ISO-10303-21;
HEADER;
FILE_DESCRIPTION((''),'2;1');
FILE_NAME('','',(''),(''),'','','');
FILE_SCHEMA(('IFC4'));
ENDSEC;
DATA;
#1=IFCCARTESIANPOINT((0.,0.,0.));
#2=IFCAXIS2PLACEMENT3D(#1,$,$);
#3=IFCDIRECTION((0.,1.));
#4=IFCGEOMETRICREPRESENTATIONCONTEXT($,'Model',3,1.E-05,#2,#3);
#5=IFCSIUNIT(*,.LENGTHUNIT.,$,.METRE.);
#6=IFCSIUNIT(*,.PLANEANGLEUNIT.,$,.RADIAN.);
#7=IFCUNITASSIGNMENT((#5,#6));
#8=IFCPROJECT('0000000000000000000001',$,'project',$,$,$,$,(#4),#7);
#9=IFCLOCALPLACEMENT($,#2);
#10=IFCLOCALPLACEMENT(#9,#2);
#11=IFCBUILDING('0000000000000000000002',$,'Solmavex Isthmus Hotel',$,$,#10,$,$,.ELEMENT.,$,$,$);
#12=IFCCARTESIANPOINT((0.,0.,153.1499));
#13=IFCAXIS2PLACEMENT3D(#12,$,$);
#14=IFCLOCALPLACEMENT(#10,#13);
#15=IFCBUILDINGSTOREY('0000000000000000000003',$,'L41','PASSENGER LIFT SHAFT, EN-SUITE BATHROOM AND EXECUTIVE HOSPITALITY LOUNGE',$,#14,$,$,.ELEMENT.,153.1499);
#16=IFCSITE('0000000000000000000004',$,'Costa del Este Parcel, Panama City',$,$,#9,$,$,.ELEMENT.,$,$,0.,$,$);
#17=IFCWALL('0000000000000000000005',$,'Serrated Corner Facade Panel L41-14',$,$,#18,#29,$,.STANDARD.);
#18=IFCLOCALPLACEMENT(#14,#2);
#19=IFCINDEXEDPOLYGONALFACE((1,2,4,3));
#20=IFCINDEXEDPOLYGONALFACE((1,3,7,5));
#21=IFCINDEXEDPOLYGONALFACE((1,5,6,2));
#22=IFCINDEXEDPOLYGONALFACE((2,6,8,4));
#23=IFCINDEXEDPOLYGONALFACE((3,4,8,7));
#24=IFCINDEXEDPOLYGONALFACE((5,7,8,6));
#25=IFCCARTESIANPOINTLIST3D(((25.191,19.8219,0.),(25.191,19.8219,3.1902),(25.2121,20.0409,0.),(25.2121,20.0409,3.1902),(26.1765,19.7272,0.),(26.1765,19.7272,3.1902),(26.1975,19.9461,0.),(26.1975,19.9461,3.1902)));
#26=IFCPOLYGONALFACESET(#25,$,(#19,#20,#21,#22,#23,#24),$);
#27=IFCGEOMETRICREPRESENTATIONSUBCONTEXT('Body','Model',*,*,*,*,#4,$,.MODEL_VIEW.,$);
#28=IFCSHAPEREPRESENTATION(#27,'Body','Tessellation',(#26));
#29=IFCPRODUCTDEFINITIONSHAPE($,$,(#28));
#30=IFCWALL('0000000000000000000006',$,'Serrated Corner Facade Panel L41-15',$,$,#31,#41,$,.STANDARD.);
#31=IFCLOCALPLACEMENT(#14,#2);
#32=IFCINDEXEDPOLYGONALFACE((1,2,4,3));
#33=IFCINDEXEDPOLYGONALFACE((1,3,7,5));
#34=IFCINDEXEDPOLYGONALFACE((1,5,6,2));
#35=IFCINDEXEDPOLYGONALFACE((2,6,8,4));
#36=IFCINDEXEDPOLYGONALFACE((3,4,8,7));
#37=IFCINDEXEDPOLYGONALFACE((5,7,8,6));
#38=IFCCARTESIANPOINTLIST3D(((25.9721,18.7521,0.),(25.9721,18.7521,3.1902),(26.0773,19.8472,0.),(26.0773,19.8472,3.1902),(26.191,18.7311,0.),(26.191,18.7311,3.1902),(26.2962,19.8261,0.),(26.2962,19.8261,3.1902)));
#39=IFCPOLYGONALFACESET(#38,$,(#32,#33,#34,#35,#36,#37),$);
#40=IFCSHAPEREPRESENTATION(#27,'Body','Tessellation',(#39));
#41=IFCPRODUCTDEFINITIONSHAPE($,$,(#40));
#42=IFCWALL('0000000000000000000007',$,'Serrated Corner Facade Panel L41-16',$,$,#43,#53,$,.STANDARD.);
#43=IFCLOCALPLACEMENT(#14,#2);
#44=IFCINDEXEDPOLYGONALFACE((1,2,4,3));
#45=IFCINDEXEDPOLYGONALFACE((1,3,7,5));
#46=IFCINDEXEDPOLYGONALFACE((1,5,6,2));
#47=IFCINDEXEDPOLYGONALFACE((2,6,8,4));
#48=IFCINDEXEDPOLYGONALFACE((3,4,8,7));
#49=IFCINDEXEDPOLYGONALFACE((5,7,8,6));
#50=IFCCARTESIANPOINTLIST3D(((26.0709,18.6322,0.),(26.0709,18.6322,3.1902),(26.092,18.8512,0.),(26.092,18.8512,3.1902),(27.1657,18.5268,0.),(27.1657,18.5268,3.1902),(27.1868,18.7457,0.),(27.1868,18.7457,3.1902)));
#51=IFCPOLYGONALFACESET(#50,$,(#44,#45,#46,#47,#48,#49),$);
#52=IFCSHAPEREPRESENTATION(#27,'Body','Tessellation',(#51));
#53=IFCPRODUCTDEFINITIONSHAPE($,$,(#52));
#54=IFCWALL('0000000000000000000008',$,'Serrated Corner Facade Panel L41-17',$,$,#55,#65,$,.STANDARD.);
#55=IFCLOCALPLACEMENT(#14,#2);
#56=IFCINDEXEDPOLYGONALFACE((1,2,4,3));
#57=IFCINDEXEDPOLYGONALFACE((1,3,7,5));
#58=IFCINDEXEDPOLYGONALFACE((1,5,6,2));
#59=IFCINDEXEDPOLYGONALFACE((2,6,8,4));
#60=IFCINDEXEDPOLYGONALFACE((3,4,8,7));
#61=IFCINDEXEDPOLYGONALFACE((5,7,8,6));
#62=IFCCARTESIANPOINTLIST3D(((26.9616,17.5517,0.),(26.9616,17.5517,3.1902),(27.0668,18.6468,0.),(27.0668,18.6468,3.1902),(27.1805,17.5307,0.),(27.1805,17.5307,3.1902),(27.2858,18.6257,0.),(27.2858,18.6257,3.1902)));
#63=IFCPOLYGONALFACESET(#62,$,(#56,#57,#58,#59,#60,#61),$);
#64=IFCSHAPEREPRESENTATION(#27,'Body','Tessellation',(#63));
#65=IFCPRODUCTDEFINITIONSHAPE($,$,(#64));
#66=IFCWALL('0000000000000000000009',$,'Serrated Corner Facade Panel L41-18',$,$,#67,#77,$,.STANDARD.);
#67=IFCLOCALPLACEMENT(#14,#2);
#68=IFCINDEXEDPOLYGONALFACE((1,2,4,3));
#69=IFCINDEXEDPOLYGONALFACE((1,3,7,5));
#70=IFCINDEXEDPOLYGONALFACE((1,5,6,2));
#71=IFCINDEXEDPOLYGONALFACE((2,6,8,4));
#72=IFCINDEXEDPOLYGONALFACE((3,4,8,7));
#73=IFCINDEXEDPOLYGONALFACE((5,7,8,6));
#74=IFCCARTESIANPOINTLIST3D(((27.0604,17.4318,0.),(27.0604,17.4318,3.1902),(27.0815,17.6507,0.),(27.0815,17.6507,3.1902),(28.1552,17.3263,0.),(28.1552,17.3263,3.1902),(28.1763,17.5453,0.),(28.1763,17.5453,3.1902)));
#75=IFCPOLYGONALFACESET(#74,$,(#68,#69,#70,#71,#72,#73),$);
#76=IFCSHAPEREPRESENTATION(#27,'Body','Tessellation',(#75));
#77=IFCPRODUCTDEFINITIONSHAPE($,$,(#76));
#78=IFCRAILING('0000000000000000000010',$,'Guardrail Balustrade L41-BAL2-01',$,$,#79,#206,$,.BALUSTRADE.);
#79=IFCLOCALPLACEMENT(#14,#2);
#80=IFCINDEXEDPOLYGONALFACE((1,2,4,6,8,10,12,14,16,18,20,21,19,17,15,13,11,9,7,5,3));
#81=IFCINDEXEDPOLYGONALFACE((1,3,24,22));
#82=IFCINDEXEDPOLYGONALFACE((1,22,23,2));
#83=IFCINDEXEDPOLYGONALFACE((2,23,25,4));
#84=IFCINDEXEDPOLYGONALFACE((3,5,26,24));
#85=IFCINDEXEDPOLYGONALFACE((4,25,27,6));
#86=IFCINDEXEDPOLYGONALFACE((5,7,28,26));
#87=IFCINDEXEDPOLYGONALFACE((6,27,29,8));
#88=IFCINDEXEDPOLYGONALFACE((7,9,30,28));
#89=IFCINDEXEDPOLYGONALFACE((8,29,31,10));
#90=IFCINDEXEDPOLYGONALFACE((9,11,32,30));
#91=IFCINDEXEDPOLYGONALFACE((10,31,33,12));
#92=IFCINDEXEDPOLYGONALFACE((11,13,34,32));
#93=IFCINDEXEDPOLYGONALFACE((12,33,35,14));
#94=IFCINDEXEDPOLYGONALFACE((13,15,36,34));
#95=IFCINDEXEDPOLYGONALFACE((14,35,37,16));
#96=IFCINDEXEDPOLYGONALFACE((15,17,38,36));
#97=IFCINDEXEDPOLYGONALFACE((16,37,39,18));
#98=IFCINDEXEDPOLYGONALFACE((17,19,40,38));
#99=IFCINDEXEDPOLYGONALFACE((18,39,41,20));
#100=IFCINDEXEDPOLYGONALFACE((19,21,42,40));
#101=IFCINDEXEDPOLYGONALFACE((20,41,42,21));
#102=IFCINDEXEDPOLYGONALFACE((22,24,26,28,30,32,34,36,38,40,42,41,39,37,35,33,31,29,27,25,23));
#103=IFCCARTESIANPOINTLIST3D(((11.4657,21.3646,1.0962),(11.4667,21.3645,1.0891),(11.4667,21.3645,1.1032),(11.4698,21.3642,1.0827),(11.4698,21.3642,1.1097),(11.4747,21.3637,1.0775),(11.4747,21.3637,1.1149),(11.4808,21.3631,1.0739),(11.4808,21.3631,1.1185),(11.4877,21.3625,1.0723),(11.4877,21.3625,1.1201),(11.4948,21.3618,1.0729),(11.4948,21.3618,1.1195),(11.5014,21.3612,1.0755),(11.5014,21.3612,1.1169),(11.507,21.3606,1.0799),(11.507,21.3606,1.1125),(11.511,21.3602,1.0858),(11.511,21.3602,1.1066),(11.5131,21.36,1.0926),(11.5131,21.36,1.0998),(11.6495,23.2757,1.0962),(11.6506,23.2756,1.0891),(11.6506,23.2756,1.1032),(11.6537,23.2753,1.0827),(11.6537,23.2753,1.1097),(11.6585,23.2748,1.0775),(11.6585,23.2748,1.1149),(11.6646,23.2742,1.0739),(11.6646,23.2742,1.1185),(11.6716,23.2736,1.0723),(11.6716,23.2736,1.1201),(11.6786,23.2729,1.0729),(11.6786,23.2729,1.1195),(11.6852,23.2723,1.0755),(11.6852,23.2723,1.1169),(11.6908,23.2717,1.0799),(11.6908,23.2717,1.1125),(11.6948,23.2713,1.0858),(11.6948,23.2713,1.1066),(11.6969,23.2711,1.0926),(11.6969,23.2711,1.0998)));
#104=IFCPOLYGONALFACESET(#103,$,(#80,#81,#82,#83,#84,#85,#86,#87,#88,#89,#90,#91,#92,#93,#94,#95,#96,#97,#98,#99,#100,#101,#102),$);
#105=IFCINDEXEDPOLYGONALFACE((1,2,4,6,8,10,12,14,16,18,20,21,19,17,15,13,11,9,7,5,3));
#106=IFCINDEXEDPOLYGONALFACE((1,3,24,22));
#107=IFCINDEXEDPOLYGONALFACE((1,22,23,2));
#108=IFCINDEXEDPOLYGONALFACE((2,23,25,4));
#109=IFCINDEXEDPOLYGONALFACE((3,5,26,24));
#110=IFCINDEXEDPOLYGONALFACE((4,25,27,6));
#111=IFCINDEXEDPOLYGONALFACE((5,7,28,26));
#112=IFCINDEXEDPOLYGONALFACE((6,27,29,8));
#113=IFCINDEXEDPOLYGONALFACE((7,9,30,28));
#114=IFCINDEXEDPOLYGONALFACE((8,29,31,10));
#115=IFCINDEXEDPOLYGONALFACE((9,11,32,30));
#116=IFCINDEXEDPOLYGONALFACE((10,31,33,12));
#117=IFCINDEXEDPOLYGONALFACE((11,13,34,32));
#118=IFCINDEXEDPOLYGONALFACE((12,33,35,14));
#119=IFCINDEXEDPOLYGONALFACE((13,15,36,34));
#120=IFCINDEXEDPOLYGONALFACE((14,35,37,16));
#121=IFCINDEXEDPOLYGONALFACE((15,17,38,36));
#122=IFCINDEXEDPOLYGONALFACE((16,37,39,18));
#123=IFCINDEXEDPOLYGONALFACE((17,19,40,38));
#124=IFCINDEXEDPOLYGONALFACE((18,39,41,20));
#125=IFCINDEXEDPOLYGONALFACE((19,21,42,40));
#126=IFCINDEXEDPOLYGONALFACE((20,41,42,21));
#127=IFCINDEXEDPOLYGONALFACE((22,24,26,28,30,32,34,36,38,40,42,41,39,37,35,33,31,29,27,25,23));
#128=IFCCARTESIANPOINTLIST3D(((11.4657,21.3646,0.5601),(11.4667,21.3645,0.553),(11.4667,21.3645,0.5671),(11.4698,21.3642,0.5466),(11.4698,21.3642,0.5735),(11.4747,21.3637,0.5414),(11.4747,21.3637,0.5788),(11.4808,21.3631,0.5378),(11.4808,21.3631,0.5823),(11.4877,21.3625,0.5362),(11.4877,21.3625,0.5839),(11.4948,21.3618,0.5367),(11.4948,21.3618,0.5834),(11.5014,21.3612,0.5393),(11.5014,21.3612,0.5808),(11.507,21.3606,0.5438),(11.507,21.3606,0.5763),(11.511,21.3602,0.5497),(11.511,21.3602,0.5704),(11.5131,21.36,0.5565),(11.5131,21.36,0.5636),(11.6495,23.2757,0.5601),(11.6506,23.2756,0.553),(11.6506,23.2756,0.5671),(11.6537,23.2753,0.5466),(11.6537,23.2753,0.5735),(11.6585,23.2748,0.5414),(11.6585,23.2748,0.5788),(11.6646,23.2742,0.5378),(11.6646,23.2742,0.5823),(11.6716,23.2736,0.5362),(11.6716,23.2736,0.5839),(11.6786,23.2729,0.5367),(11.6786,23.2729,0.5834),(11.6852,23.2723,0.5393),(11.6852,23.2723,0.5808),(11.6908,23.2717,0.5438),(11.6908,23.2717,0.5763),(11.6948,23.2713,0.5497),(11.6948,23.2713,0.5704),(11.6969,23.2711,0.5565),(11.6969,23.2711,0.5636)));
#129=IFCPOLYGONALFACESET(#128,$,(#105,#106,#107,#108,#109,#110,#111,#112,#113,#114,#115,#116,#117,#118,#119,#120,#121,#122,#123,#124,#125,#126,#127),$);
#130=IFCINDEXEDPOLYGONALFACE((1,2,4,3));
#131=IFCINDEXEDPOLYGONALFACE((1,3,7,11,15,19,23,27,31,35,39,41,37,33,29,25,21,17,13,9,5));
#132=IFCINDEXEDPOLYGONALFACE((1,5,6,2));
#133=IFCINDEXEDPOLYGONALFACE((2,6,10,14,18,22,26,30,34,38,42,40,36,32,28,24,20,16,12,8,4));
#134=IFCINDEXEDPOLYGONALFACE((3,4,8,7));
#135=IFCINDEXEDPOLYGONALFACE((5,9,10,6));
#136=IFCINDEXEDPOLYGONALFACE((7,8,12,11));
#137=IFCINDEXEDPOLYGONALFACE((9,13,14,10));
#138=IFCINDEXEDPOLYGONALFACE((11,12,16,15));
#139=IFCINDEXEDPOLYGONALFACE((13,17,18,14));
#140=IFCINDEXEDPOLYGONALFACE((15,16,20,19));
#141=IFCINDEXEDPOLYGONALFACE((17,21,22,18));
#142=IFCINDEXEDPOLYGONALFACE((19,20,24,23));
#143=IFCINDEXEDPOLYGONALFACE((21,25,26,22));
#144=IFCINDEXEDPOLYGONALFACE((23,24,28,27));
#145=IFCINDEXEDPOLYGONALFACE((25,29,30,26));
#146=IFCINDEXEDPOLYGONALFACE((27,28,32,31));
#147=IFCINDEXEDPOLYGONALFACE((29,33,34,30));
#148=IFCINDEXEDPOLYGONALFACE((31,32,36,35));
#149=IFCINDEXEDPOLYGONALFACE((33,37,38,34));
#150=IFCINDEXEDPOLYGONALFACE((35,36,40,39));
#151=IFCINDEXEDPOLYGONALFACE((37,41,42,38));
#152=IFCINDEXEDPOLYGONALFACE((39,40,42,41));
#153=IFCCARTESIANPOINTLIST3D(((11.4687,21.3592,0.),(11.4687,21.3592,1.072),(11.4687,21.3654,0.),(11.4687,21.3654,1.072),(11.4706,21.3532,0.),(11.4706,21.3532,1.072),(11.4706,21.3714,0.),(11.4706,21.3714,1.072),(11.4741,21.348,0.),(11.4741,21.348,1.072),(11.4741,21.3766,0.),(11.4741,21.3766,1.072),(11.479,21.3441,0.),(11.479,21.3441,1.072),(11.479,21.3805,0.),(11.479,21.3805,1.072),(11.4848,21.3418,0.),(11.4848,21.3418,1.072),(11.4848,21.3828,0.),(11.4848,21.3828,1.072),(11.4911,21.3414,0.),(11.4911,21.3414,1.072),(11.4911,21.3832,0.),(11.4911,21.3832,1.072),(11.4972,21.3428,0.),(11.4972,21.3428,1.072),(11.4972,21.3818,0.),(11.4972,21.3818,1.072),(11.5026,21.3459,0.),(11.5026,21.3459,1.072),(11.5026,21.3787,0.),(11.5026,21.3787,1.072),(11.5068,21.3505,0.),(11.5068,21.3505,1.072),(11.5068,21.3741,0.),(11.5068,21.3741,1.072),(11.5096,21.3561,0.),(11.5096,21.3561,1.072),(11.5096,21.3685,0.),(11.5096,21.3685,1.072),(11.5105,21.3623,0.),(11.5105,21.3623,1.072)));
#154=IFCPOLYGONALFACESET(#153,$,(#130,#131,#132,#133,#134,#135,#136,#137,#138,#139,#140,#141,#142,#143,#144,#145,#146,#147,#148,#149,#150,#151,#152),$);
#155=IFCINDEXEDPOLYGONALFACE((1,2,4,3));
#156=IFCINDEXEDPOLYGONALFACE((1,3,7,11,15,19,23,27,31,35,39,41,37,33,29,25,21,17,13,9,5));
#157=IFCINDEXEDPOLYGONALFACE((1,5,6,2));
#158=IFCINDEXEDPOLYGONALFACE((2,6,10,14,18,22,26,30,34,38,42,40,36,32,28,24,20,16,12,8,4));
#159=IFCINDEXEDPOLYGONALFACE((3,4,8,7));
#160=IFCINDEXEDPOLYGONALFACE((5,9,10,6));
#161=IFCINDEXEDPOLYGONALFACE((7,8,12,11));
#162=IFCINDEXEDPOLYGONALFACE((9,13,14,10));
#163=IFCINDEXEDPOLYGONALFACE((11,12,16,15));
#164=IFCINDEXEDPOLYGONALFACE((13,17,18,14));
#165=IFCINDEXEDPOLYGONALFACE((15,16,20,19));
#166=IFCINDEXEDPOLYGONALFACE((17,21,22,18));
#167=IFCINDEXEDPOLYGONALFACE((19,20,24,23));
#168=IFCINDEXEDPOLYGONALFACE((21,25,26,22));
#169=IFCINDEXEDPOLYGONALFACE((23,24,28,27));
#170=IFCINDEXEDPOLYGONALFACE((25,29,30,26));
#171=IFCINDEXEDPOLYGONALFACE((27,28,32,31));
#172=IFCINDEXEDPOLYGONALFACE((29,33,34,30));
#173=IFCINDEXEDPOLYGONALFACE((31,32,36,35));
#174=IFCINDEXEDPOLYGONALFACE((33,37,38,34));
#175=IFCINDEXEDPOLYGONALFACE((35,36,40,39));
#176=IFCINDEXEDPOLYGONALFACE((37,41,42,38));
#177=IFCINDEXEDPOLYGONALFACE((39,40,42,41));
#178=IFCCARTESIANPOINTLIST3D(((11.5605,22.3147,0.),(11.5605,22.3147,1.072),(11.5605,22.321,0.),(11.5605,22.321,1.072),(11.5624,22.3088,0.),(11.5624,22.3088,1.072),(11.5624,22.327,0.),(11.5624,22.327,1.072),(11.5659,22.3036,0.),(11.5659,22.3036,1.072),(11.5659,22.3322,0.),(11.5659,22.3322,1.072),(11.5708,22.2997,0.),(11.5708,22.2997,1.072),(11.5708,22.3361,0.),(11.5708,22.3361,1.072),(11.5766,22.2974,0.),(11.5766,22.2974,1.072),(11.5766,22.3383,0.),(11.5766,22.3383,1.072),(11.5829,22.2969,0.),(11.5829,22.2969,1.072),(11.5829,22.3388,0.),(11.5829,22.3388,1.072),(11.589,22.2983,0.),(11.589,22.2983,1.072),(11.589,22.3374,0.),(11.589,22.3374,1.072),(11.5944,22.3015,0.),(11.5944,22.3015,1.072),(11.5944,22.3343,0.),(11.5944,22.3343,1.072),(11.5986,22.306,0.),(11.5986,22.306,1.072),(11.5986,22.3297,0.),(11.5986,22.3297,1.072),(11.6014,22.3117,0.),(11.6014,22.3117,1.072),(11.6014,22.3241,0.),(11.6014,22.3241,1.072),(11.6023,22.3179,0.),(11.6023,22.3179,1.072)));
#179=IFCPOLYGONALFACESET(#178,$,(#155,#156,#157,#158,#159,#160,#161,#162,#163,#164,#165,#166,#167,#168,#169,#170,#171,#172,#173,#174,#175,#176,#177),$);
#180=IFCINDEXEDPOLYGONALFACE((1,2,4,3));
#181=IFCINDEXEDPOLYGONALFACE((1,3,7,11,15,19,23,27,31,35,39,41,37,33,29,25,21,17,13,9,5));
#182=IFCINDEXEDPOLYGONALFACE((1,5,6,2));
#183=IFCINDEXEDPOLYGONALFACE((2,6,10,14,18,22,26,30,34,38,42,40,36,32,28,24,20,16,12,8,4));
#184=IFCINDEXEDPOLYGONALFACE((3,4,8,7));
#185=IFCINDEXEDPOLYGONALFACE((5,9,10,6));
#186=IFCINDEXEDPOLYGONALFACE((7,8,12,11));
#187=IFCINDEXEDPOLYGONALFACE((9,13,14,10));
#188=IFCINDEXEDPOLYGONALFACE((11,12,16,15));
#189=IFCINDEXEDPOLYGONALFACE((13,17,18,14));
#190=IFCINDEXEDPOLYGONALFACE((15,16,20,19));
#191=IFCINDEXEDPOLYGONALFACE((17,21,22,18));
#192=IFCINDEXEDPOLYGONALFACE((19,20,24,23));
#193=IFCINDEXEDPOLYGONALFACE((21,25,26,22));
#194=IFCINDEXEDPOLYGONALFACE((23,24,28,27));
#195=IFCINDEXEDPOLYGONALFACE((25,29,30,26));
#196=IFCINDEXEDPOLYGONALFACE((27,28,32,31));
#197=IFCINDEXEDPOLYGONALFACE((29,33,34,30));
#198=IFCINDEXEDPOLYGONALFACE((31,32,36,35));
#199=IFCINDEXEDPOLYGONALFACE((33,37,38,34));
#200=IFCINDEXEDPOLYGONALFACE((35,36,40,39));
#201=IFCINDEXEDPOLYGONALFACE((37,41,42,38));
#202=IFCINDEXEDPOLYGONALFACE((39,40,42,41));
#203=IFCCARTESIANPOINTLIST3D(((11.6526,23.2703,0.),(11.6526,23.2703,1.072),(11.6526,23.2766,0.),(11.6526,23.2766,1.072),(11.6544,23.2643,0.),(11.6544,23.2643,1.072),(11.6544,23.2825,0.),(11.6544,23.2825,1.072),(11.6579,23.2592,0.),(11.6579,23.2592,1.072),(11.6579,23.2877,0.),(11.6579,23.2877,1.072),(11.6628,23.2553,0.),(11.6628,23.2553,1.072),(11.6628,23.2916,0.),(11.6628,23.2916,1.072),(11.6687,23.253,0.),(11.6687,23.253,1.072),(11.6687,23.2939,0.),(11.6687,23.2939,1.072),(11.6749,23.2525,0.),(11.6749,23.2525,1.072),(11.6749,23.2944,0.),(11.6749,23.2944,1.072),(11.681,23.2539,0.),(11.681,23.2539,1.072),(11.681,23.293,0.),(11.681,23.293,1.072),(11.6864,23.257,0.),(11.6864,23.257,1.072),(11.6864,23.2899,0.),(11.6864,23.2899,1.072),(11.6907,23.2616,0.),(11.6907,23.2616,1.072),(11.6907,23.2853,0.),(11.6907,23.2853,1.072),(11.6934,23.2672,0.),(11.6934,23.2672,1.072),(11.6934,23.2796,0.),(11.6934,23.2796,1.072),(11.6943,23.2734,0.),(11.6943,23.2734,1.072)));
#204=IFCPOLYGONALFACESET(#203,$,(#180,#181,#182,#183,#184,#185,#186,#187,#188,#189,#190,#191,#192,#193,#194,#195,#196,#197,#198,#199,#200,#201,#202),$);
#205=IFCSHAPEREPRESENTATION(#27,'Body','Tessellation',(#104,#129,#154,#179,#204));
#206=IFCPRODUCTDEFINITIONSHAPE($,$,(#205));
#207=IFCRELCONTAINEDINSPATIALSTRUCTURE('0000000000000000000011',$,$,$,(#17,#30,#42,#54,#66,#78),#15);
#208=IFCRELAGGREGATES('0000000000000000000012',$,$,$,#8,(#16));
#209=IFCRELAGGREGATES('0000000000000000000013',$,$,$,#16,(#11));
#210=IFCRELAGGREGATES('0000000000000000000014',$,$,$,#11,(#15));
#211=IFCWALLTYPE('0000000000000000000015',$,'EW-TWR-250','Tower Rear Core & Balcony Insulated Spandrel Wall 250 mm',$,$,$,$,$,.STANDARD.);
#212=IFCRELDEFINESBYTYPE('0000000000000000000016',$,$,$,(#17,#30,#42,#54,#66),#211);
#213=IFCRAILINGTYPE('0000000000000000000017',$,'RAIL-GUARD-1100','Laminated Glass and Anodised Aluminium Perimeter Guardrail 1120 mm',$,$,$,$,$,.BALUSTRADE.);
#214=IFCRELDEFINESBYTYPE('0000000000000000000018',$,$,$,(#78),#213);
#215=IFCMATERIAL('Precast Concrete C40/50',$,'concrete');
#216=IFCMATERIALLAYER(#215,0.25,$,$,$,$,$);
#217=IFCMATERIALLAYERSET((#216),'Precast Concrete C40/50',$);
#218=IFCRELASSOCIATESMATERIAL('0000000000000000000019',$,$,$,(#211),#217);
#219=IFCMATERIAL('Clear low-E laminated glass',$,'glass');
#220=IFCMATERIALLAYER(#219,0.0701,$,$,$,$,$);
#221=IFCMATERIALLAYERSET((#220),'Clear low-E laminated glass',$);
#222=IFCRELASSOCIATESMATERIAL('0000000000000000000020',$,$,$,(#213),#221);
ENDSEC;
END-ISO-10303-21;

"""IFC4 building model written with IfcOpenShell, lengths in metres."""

from ifc_helpers import new_model, si_unit, direction, frame, frame_2d, origin, origin_2d, place, context, subcontext, project, spatial, rectangle, circle, extrude, material, layer, layer_set, type_object, element, save


model = new_model("IFC4")

# Units and contexts
model_context = context("Model", 3, precision=1e-05, world=origin(), true_north=direction((0.0, 1.0)))
body_context = subcontext(model_context, "Body", "Model", "MODEL_VIEW")
ifc_project = project(units=[si_unit("LENGTHUNIT", "METRE"), si_unit("PLANEANGLEUNIT", "RADIAN")], contexts=[model_context])

# Site, building, storey
site_placement = place(None, origin())
site = spatial("IfcSite", under=ifc_project, at=site_placement, Name="Costa del Este Parcel, Panama City", CompositionType="ELEMENT", RefElevation=0.0)
building_placement = place(site_placement, origin())
building = spatial("IfcBuilding", under=site, at=building_placement, Name="Solmavex Isthmus Hotel", CompositionType="ELEMENT")
storey_placement = place(building_placement, frame((0.0, 0.0, 153.1499)))
storey = spatial("IfcBuildingStorey", under=building, at=storey_placement, Name="L41", Description="PASSENGER LIFT SHAFT, EN-SUITE BATHROOM AND EXECUTIVE HOSPITALITY LOUNGE", CompositionType="ELEMENT", Elevation=153.1499)

# Shared definitions
ifc_material_1 = material(Name="Clear low-E laminated glass", Category="glass")

# Shared definitions
ifc_material_2 = material(Name="Precast Concrete C40/50", Category="concrete")
ifc_layer_1 = layer(ifc_material_2, 0.25)
ifc_layer_set_1 = layer_set([ifc_layer_1], Name="Precast Concrete C40/50")
wall_type = type_object("IfcWallType", Name="EW-TWR-250", Description="Tower Rear Core & Balcony Insulated Spandrel Wall 250 mm", PredefinedType="STANDARD", material=ifc_layer_set_1)

# Walls
wall_1_placement = place(storey_placement, frame((25.2014, 19.9314, 0.0), z_axis=(0.0, 0.0, 1.0), x_axis=(0.995411, -0.095694, 0.0)))
element("IfcWall", 1, at=wall_1_placement, inside=storey, type_object=wall_type, Name="Serrated Corner Facade Panel L41-14", PredefinedType="STANDARD", context=body_context, shape_type="SweptSolid", body=[
    extrude(rectangle(XDim=0.99, YDim=0.22, at=frame_2d((0.4951, 0.0))), origin(), (0.0, 0.0, 1.0), 3.1902),
])
wall_2_placement = place(storey_placement, frame((26.1868, 19.8367, 0.0), z_axis=(0.0, 0.0, 1.0), x_axis=(-0.095657, -0.995414, 0.0)))
element("IfcWall", 2, at=wall_2_placement, inside=storey, type_object=wall_type, Name="Serrated Corner Facade Panel L41-15", PredefinedType="STANDARD", context=body_context, shape_type="SweptSolid", body=[
    extrude(rectangle(XDim=1.1001, YDim=0.22, at=frame_2d((0.55, 0.0))), origin(), (0.0, 0.0, 1.0), 3.1902),
])
wall_3_placement = place(storey_placement, frame((26.0815, 18.7417, 0.0), z_axis=(0.0, 0.0, 1.0), x_axis=(0.995391, -0.095899, 0.0)))
element("IfcWall", 3, at=wall_3_placement, inside=storey, type_object=wall_type, Name="Serrated Corner Facade Panel L41-16", PredefinedType="STANDARD", context=body_context, shape_type="SweptSolid", body=[
    extrude(rectangle(XDim=1.0999, YDim=0.22, at=frame_2d((0.5498, 0.0))), origin(), (0.0, 0.0, 1.0), 3.1902),
])
wall_4_placement = place(storey_placement, frame((27.1763, 18.6362, 0.0), z_axis=(0.0, 0.0, 1.0), x_axis=(-0.095657, -0.995414, 0.0)))
element("IfcWall", 4, at=wall_4_placement, inside=storey, type_object=wall_type, Name="Serrated Corner Facade Panel L41-17", PredefinedType="STANDARD", context=body_context, shape_type="SweptSolid", body=[
    extrude(rectangle(XDim=1.1001, YDim=0.22, at=frame_2d((0.55, 0.0))), origin(), (0.0, 0.0, 1.0), 3.1902),
])
wall_5_placement = place(storey_placement, frame((27.071, 17.5413, 0.0), z_axis=(0.0, 0.0, 1.0), x_axis=(0.995391, -0.095899, 0.0)))
element("IfcWall", 5, at=wall_5_placement, inside=storey, type_object=wall_type, Name="Serrated Corner Facade Panel L41-18", PredefinedType="STANDARD", context=body_context, shape_type="SweptSolid", body=[
    extrude(rectangle(XDim=1.0999, YDim=0.22, at=frame_2d((0.5498, 0.0))), origin(), (0.0, 0.0, 1.0), 3.1902),
])

# Railing
ifc_layer_2 = layer(ifc_material_1, 0.0701)
ifc_layer_set_2 = layer_set([ifc_layer_2], Name="Clear low-E laminated glass")
railing_type = type_object("IfcRailingType", Name="RAIL-GUARD-1100", Description="Laminated Glass and Anodised Aluminium Perimeter Guardrail 1120 mm", PredefinedType="BALUSTRADE", material=ifc_layer_set_2)
railing_1_placement = place(storey_placement, frame((11.4895, 21.3623, 0.0)))
element("IfcRailing", 6, at=railing_1_placement, inside=storey, type_object=railing_type, Name="Guardrail Balustrade L41-BAL2-01", PredefinedType="BALUSTRADE", context=body_context, shape_type="SweptSolid", body=[
    extrude(circle(Radius=0.0239, at=origin_2d()), frame((0.0, 0.0, 1.0962), z_axis=(0.095751, 0.995405, 0.0), x_axis=(-0.995405, 0.095751, 0.0)), (0.0, 0.0, 1.0), 1.9199),
    extrude(circle(Radius=0.0239, at=origin_2d()), frame((0.0, 0.0, 0.5601), z_axis=(0.095751, 0.995405, 0.0), x_axis=(-0.995405, 0.095751, 0.0)), (0.0, 0.0, 1.0), 1.9199),
    extrude(circle(Radius=0.021, at=origin_2d()), origin(), (0.0, 0.0, 1.0), 1.072),
    extrude(circle(Radius=0.021, at=origin_2d()), frame((0.0918, 0.9556, 0.0)), (0.0, 0.0, 1.0), 1.072),
    extrude(circle(Radius=0.021, at=origin_2d()), frame((0.1838, 1.9111, 0.0)), (0.0, 0.0, 1.0), 1.072),
])

save(model, "model.ifc")
